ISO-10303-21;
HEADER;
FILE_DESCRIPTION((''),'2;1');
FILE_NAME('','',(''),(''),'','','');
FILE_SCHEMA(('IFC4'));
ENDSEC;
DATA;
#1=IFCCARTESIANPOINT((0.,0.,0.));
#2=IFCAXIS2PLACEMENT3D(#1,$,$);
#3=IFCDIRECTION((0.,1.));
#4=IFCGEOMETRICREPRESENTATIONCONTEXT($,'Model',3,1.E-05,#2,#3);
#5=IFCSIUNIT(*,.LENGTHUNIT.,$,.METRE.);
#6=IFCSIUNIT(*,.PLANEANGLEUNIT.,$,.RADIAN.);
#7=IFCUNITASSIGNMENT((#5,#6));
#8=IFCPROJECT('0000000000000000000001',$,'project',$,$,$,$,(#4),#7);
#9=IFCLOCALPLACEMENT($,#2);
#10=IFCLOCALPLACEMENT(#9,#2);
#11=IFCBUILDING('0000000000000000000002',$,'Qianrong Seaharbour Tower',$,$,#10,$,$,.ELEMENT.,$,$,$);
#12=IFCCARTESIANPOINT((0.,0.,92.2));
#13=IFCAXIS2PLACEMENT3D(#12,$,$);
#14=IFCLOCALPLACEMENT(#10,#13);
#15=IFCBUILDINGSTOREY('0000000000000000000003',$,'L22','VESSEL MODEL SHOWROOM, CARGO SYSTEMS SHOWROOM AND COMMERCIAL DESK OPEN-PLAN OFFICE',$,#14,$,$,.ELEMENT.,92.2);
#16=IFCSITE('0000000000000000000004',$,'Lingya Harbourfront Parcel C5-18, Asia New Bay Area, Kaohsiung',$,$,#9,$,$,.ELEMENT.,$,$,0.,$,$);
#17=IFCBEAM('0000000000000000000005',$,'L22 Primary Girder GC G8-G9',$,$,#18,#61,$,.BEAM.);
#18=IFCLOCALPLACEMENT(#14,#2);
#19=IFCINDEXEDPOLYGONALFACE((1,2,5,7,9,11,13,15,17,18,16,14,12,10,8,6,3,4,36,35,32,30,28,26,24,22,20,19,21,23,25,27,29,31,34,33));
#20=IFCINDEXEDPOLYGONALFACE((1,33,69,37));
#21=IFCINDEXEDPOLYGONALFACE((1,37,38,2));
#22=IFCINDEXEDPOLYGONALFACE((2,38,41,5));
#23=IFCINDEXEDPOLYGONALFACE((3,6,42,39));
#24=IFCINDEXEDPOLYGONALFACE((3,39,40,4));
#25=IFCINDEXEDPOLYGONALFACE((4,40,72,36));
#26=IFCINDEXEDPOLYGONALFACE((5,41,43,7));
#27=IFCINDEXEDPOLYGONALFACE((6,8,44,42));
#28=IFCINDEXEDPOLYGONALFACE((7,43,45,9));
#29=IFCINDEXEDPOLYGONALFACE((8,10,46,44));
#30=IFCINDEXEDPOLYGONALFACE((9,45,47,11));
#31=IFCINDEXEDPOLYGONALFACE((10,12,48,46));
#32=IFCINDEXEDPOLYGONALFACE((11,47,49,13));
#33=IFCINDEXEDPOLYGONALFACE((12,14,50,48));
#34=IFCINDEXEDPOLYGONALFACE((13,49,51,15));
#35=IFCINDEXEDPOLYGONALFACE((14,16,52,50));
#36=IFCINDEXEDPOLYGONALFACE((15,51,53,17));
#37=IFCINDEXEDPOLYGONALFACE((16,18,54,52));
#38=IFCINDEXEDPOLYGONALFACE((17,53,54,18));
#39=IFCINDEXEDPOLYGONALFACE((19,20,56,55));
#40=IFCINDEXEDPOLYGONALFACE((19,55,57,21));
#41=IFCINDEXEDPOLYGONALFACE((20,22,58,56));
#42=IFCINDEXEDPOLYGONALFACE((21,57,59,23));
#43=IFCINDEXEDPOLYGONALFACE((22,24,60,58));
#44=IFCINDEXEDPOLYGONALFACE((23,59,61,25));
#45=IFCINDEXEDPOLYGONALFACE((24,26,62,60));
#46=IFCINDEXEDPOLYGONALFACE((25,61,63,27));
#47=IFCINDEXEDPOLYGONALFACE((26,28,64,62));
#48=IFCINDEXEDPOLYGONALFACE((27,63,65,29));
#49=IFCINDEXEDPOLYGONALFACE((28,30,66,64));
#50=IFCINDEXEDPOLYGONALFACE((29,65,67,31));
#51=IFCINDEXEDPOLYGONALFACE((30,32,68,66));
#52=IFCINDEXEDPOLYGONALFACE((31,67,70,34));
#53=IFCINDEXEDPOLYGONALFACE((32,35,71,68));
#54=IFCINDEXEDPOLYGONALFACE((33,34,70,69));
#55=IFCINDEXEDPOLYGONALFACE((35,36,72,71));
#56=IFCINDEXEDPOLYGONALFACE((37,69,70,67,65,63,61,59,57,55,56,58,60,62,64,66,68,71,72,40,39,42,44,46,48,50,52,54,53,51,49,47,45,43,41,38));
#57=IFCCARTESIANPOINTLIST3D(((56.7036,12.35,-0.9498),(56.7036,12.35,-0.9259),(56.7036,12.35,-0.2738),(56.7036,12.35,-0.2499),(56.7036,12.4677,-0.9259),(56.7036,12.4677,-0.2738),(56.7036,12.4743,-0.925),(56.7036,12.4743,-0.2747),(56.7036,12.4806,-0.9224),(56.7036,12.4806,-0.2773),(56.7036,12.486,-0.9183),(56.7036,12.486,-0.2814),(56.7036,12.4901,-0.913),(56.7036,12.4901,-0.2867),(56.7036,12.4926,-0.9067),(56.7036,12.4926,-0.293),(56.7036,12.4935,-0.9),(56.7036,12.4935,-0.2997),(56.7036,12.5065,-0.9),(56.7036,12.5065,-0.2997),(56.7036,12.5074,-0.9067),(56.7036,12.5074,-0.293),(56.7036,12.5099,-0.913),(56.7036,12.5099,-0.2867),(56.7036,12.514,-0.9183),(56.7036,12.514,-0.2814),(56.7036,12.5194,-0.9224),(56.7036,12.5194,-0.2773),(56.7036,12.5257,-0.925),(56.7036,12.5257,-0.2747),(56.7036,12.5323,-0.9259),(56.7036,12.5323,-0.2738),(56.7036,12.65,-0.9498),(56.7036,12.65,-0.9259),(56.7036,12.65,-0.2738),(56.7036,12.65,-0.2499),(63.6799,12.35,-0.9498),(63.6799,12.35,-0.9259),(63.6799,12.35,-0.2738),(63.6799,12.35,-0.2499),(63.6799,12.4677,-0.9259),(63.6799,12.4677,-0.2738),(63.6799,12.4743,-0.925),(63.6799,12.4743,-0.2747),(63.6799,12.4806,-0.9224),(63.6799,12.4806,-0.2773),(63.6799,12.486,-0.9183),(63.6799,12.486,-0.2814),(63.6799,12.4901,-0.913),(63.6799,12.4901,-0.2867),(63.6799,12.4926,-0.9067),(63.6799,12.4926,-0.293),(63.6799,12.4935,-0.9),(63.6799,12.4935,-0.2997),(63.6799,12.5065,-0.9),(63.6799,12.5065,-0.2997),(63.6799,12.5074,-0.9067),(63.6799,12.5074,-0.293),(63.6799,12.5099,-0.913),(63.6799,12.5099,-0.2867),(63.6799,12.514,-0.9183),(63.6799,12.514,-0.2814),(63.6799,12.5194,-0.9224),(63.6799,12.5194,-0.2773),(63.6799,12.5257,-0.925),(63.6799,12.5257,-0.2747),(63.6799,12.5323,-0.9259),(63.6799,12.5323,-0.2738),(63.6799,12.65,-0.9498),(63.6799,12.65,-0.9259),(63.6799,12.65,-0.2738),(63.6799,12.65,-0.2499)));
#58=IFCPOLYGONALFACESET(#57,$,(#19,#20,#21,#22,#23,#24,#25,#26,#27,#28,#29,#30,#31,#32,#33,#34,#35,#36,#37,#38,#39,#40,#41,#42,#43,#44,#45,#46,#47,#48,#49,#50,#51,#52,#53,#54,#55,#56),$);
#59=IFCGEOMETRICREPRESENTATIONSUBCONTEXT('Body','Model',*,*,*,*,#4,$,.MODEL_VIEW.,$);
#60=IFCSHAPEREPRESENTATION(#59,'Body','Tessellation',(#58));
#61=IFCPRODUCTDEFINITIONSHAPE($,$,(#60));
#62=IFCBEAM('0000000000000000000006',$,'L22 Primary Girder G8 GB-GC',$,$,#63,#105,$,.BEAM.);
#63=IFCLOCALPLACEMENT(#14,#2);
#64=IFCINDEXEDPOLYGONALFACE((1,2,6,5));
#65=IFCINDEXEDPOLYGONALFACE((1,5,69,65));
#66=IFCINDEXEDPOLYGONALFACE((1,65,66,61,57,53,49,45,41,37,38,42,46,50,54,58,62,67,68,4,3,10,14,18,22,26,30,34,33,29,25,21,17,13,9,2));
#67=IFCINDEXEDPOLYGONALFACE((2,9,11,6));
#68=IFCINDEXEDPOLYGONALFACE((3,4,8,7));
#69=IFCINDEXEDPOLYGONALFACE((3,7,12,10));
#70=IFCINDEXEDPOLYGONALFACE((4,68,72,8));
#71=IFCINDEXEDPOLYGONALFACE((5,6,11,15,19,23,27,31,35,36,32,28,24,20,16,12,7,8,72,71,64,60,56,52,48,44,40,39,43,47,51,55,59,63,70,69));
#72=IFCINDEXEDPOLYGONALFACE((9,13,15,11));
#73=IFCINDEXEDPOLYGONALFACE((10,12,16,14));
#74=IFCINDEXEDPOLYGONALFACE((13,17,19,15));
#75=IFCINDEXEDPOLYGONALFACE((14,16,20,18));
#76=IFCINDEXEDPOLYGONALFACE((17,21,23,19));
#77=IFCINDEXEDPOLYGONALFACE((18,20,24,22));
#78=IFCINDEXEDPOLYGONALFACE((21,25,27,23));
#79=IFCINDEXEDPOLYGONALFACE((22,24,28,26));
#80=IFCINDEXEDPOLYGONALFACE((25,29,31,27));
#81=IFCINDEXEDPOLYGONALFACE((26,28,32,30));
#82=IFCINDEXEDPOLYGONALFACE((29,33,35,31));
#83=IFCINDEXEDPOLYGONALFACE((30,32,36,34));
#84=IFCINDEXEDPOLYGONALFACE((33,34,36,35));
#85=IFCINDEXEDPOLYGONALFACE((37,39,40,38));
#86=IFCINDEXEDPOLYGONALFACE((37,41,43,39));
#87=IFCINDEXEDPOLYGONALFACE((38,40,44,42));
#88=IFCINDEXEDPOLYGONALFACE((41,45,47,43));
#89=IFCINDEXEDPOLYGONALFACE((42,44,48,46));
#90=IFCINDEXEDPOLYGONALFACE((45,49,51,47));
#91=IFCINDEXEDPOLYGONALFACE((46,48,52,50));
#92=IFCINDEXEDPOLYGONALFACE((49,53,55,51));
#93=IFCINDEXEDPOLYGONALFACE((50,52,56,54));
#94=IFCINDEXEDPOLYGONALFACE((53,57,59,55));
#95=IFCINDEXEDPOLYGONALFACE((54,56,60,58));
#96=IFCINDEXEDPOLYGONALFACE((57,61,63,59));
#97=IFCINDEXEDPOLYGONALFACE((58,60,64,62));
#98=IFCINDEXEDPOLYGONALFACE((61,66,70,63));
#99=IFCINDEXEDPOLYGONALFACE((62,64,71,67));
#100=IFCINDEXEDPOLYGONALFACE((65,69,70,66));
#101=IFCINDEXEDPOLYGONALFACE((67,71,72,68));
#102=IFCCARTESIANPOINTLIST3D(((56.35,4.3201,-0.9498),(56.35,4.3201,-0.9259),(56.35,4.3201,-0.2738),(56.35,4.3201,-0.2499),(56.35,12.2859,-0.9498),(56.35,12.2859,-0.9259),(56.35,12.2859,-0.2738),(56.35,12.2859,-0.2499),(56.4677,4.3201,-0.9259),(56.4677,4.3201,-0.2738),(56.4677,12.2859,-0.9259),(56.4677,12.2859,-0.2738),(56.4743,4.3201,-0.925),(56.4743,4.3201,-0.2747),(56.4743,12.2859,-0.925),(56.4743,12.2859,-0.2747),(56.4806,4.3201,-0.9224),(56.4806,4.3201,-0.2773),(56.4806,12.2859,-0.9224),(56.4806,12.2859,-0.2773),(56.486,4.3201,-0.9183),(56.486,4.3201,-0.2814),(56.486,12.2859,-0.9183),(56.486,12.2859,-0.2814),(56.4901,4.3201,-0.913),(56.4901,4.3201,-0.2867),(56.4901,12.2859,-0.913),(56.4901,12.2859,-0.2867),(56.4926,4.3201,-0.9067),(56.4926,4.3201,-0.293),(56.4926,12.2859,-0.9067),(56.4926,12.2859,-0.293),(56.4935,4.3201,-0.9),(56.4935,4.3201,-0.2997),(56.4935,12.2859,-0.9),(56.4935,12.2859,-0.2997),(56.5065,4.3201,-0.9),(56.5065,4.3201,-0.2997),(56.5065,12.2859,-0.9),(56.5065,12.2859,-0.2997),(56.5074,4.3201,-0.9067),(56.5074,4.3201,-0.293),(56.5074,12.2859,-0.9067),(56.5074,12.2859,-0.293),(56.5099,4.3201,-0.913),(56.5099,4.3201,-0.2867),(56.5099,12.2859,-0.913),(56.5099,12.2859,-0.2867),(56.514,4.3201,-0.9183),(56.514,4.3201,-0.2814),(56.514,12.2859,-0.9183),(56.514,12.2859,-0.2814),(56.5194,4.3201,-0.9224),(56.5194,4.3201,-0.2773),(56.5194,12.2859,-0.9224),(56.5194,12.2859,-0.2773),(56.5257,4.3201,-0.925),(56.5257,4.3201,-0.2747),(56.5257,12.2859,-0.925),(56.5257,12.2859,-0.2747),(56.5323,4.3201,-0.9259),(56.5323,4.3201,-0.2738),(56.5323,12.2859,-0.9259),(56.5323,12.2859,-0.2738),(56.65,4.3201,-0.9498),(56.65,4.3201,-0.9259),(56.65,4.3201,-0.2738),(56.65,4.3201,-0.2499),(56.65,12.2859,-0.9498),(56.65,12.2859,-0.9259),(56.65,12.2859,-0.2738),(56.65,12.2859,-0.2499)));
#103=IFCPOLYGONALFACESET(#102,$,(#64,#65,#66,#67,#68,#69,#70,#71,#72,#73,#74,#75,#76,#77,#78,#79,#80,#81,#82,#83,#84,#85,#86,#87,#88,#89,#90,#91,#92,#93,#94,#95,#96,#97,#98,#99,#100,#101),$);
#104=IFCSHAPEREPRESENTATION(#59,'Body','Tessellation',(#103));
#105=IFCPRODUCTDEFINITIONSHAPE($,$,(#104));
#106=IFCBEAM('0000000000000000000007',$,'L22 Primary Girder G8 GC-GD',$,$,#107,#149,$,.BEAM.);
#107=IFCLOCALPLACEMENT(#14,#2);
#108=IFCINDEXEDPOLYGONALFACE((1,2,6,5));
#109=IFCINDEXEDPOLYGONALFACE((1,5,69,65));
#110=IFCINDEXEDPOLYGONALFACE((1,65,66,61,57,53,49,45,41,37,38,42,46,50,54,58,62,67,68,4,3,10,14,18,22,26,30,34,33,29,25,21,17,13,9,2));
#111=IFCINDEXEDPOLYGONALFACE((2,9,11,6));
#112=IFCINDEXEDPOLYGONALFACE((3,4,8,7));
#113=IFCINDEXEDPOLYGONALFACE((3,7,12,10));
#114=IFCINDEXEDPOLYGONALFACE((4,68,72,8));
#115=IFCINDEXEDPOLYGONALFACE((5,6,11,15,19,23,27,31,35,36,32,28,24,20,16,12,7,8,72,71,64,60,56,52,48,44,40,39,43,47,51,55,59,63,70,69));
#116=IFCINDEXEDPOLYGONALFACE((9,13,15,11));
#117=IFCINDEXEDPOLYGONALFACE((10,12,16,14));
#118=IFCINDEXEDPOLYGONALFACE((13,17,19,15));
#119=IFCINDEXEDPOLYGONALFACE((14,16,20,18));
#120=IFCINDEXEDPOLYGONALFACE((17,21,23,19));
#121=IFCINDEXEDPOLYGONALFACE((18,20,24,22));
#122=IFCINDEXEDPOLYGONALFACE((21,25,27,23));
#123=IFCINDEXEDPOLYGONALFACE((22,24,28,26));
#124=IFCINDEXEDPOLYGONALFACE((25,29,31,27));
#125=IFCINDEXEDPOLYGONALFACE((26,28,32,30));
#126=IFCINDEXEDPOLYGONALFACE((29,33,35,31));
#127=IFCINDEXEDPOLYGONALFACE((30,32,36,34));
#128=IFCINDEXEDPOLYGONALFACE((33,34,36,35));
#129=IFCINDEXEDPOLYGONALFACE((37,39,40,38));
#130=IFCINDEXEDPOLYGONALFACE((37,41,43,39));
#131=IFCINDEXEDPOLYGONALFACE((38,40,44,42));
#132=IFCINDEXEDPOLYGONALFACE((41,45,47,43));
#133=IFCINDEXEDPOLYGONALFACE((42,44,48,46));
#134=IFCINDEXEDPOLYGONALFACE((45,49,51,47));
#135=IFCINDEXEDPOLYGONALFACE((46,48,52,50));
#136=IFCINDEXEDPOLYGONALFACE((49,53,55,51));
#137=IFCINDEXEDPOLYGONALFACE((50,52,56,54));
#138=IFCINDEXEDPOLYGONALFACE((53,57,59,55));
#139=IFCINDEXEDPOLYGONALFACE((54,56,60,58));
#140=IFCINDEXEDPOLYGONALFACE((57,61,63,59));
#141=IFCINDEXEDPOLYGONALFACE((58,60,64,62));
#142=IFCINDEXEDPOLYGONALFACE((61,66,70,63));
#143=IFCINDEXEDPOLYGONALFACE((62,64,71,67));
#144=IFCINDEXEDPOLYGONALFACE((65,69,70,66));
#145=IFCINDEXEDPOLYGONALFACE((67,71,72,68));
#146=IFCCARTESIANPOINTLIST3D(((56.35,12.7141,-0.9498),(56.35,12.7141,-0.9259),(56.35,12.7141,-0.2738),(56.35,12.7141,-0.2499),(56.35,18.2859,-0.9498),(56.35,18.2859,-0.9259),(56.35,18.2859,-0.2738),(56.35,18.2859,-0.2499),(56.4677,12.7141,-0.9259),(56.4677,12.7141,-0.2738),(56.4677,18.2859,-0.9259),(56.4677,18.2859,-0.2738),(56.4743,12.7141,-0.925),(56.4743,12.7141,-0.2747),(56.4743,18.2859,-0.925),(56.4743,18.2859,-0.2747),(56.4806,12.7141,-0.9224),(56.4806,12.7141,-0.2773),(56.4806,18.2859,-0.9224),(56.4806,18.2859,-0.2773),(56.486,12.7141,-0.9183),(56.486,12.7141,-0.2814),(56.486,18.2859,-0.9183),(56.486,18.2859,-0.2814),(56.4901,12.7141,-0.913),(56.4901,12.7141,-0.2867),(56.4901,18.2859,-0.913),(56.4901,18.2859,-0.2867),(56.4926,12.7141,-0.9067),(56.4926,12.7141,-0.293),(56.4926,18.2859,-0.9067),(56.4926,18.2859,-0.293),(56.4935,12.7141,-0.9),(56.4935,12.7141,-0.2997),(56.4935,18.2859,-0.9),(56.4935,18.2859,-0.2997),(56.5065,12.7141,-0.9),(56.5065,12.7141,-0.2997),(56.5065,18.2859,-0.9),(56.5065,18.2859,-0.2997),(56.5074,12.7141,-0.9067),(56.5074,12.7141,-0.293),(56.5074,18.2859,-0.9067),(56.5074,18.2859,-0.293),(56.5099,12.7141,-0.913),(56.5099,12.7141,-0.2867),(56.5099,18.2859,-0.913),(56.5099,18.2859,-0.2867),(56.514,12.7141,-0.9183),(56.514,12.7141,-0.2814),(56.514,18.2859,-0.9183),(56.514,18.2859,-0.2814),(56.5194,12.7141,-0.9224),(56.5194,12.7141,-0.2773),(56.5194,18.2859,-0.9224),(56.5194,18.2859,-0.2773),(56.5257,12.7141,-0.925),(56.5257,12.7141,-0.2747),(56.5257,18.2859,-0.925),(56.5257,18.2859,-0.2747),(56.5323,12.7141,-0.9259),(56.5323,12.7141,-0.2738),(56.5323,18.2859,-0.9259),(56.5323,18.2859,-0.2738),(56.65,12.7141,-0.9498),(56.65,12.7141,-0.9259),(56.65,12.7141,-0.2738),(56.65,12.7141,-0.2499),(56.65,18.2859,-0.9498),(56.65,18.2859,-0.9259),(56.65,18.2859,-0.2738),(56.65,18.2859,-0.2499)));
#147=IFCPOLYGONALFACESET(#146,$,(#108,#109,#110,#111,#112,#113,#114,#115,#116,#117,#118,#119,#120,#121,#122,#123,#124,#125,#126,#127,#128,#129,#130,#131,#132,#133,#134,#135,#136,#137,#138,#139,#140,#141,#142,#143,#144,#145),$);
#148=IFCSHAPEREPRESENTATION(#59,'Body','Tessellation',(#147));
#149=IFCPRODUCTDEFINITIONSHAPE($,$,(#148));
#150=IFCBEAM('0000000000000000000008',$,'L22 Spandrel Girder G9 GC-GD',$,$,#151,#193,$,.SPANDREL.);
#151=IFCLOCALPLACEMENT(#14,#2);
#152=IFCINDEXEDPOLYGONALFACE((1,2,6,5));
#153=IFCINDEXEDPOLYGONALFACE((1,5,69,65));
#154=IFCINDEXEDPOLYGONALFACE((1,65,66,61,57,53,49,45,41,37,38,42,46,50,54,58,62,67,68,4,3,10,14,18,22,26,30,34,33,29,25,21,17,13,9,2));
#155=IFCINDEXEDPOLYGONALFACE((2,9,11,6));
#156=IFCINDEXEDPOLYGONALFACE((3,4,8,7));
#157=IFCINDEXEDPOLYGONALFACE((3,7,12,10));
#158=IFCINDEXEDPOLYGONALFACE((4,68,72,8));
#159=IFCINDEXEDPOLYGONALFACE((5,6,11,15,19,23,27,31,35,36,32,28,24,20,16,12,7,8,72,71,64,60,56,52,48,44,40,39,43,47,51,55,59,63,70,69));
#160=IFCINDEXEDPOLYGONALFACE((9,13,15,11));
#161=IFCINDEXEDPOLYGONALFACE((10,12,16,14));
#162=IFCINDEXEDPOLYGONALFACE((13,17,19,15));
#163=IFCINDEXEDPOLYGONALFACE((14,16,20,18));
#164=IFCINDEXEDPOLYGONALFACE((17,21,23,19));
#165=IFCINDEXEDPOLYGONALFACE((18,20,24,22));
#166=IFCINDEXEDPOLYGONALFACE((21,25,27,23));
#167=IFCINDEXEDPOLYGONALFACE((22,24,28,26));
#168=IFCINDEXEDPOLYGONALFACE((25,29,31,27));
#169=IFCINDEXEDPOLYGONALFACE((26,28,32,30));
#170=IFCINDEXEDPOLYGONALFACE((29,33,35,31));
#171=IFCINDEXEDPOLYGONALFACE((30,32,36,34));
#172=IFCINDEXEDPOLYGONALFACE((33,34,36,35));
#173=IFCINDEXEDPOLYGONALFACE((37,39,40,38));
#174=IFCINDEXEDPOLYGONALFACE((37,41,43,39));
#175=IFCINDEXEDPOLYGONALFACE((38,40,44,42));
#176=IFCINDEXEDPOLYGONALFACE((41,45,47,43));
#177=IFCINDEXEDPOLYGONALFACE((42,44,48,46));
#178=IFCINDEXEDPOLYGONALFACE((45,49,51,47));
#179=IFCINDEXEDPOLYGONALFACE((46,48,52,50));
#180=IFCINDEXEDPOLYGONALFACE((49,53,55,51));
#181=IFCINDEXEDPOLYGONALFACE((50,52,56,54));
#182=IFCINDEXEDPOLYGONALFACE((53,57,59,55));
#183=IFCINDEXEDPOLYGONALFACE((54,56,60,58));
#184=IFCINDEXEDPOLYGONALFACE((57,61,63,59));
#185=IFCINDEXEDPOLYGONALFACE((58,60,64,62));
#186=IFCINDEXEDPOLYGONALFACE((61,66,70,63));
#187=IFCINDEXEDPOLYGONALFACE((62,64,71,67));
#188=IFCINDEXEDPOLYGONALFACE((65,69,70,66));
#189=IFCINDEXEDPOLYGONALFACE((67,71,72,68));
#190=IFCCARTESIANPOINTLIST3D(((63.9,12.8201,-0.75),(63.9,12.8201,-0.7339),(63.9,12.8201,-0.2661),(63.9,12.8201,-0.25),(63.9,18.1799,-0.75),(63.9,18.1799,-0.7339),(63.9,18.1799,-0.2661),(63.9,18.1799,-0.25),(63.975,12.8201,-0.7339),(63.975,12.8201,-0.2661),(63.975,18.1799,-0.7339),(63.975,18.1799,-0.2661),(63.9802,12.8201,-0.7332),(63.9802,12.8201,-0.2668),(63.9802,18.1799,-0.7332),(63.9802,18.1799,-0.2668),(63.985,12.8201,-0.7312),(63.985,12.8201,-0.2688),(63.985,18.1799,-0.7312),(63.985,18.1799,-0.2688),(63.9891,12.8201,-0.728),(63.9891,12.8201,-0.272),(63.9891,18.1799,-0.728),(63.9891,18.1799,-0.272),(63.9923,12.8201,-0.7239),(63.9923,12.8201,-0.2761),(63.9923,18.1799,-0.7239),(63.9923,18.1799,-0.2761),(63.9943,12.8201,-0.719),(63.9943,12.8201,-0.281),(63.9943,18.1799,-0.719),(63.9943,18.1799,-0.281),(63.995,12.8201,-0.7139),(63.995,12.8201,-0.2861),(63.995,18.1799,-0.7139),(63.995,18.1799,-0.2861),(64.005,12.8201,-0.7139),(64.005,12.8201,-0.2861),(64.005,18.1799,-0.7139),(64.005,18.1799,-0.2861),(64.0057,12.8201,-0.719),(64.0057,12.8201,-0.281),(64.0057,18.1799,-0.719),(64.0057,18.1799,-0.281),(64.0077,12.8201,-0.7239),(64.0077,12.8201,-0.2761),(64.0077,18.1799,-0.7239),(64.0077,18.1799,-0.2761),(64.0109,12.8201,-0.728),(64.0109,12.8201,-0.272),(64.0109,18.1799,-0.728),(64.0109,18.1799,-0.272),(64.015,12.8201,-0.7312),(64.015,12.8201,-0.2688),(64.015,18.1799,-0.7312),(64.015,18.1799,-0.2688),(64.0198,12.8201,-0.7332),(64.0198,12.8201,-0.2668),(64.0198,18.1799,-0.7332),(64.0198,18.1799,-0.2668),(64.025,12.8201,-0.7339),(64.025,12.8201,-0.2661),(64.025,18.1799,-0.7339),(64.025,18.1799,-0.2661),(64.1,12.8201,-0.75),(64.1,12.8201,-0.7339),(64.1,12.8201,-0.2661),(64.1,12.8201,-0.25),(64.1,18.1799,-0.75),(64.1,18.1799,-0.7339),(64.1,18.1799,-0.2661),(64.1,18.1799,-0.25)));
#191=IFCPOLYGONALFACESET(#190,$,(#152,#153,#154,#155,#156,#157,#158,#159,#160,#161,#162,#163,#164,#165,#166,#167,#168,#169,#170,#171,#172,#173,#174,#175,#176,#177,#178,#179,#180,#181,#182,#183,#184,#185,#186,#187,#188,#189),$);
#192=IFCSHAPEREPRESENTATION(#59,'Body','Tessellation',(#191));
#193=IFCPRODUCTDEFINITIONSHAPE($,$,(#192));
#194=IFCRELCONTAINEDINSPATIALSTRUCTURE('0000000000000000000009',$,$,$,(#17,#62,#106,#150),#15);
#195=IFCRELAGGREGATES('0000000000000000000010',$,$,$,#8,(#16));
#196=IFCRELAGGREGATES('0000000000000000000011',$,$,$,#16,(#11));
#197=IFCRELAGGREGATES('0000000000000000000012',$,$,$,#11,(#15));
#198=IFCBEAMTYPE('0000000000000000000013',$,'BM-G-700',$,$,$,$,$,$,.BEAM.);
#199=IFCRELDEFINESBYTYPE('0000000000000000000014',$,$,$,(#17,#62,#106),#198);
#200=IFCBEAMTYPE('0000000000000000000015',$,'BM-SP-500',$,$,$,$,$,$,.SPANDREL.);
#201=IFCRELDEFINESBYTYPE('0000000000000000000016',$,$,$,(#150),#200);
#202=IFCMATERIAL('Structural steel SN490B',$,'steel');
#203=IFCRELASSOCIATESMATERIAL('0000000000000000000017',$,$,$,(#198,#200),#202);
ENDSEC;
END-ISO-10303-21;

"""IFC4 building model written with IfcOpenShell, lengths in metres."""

from ifc_helpers import new_model, si_unit, direction, frame, origin, origin_2d, place, context, subcontext, project, spatial, i_section, extrude, material, material_profile, profile_set, type_object, element, save


model = new_model("IFC4")

# Units and contexts
model_context = context("Model", 3, precision=1e-05, world=origin(), true_north=direction((0.0, 1.0)))
body_context = subcontext(model_context, "Body", "Model", "MODEL_VIEW")
ifc_project = project(units=[si_unit("LENGTHUNIT", "METRE"), si_unit("PLANEANGLEUNIT", "RADIAN")], contexts=[model_context])

# Site, building, storey
site_placement = place(None, origin())
site = spatial("IfcSite", under=ifc_project, at=site_placement, Name="Lingya Harbourfront Parcel C5-18, Asia New Bay Area, Kaohsiung", CompositionType="ELEMENT", RefElevation=0.0)
building_placement = place(site_placement, origin())
building = spatial("IfcBuilding", under=site, at=building_placement, Name="Qianrong Seaharbour Tower", CompositionType="ELEMENT")
storey_placement = place(building_placement, frame((0.0, 0.0, 92.2)))
storey = spatial("IfcBuildingStorey", under=building, at=storey_placement, Name="L22", Description="VESSEL MODEL SHOWROOM, CARGO SYSTEMS SHOWROOM AND COMMERCIAL DESK OPEN-PLAN OFFICE", CompositionType="ELEMENT", Elevation=92.2)

# Shared definitions
ifc_material_1 = material(Name="Structural steel SN490B", Category="steel")

# Beams
ifc_material_profile_1 = material_profile(ifc_material_1, i_section(OverallWidth=0.3, OverallDepth=0.7, WebThickness=0.0129, FlangeThickness=0.0239, FilletRadius=0.0259, at=origin_2d()), Name="H700x300x13x24")
ifc_profile_set_1 = profile_set([ifc_material_profile_1], Name="Structural steel SN490B")
beam_type_1 = type_object("IfcBeamType", Name="BM-G-700", PredefinedType="BEAM", material=ifc_profile_set_1)
beam_1_placement = place(storey_placement, frame((56.7036, 12.5, -0.5999), z_axis=(1.0, 0.0, 0.0), x_axis=(0.0, 1.0, 0.0)))
element("IfcBeam", 1, at=beam_1_placement, inside=storey, type_object=beam_type_1, Name="L22 Primary Girder GC G8-G9", PredefinedType="BEAM", context=body_context, shape_type="SweptSolid", body=[
    extrude(i_section(OverallWidth=0.3, OverallDepth=0.7, WebThickness=0.0129, FlangeThickness=0.0239, FilletRadius=0.0259, at=origin_2d()), origin(), (0.0, 0.0, 1.0), 6.9763),
])
beam_2_placement = place(storey_placement, frame((56.5, 4.3201, -0.5999), z_axis=(0.0, 1.0, 0.0), x_axis=(-1.0, 0.0, 0.0)))
element("IfcBeam", 2, at=beam_2_placement, inside=storey, type_object=beam_type_1, Name="L22 Primary Girder G8 GB-GC", PredefinedType="BEAM", context=body_context, shape_type="SweptSolid", body=[
    extrude(i_section(OverallWidth=0.3, OverallDepth=0.7, WebThickness=0.0129, FlangeThickness=0.0239, FilletRadius=0.0259, at=origin_2d()), origin(), (0.0, 0.0, 1.0), 7.9658),
])
beam_3_placement = place(storey_placement, frame((56.5, 12.7141, -0.5999), z_axis=(0.0, 1.0, 0.0), x_axis=(-1.0, 0.0, 0.0)))
element("IfcBeam", 3, at=beam_3_placement, inside=storey, type_object=beam_type_1, Name="L22 Primary Girder G8 GC-GD", PredefinedType="BEAM", context=body_context, shape_type="SweptSolid", body=[
    extrude(i_section(OverallWidth=0.3, OverallDepth=0.7, WebThickness=0.0129, FlangeThickness=0.0239, FilletRadius=0.0259, at=origin_2d()), origin(), (0.0, 0.0, 1.0), 5.5718),
])
ifc_material_profile_2 = material_profile(ifc_material_1, i_section(OverallWidth=0.2, OverallDepth=0.5, WebThickness=0.01, FlangeThickness=0.0161, FilletRadius=0.02, at=origin_2d()), Name="H500x200x10x16")
ifc_profile_set_2 = profile_set([ifc_material_profile_2], Name="Structural steel SN490B")
beam_type_2 = type_object("IfcBeamType", Name="BM-SP-500", PredefinedType="SPANDREL", material=ifc_profile_set_2)
beam_4_placement = place(storey_placement, frame((64.0, 12.8201, -0.5), z_axis=(0.0, 1.0, 0.0), x_axis=(-1.0, 0.0, 0.0)))
element("IfcBeam", 4, at=beam_4_placement, inside=storey, type_object=beam_type_2, Name="L22 Spandrel Girder G9 GC-GD", PredefinedType="SPANDREL", context=body_context, shape_type="SweptSolid", body=[
    extrude(i_section(OverallWidth=0.2, OverallDepth=0.5, WebThickness=0.01, FlangeThickness=0.0161, FilletRadius=0.02, at=origin_2d()), origin(), (0.0, 0.0, 1.0), 5.3599),
])

save(model, "model.ifc")
